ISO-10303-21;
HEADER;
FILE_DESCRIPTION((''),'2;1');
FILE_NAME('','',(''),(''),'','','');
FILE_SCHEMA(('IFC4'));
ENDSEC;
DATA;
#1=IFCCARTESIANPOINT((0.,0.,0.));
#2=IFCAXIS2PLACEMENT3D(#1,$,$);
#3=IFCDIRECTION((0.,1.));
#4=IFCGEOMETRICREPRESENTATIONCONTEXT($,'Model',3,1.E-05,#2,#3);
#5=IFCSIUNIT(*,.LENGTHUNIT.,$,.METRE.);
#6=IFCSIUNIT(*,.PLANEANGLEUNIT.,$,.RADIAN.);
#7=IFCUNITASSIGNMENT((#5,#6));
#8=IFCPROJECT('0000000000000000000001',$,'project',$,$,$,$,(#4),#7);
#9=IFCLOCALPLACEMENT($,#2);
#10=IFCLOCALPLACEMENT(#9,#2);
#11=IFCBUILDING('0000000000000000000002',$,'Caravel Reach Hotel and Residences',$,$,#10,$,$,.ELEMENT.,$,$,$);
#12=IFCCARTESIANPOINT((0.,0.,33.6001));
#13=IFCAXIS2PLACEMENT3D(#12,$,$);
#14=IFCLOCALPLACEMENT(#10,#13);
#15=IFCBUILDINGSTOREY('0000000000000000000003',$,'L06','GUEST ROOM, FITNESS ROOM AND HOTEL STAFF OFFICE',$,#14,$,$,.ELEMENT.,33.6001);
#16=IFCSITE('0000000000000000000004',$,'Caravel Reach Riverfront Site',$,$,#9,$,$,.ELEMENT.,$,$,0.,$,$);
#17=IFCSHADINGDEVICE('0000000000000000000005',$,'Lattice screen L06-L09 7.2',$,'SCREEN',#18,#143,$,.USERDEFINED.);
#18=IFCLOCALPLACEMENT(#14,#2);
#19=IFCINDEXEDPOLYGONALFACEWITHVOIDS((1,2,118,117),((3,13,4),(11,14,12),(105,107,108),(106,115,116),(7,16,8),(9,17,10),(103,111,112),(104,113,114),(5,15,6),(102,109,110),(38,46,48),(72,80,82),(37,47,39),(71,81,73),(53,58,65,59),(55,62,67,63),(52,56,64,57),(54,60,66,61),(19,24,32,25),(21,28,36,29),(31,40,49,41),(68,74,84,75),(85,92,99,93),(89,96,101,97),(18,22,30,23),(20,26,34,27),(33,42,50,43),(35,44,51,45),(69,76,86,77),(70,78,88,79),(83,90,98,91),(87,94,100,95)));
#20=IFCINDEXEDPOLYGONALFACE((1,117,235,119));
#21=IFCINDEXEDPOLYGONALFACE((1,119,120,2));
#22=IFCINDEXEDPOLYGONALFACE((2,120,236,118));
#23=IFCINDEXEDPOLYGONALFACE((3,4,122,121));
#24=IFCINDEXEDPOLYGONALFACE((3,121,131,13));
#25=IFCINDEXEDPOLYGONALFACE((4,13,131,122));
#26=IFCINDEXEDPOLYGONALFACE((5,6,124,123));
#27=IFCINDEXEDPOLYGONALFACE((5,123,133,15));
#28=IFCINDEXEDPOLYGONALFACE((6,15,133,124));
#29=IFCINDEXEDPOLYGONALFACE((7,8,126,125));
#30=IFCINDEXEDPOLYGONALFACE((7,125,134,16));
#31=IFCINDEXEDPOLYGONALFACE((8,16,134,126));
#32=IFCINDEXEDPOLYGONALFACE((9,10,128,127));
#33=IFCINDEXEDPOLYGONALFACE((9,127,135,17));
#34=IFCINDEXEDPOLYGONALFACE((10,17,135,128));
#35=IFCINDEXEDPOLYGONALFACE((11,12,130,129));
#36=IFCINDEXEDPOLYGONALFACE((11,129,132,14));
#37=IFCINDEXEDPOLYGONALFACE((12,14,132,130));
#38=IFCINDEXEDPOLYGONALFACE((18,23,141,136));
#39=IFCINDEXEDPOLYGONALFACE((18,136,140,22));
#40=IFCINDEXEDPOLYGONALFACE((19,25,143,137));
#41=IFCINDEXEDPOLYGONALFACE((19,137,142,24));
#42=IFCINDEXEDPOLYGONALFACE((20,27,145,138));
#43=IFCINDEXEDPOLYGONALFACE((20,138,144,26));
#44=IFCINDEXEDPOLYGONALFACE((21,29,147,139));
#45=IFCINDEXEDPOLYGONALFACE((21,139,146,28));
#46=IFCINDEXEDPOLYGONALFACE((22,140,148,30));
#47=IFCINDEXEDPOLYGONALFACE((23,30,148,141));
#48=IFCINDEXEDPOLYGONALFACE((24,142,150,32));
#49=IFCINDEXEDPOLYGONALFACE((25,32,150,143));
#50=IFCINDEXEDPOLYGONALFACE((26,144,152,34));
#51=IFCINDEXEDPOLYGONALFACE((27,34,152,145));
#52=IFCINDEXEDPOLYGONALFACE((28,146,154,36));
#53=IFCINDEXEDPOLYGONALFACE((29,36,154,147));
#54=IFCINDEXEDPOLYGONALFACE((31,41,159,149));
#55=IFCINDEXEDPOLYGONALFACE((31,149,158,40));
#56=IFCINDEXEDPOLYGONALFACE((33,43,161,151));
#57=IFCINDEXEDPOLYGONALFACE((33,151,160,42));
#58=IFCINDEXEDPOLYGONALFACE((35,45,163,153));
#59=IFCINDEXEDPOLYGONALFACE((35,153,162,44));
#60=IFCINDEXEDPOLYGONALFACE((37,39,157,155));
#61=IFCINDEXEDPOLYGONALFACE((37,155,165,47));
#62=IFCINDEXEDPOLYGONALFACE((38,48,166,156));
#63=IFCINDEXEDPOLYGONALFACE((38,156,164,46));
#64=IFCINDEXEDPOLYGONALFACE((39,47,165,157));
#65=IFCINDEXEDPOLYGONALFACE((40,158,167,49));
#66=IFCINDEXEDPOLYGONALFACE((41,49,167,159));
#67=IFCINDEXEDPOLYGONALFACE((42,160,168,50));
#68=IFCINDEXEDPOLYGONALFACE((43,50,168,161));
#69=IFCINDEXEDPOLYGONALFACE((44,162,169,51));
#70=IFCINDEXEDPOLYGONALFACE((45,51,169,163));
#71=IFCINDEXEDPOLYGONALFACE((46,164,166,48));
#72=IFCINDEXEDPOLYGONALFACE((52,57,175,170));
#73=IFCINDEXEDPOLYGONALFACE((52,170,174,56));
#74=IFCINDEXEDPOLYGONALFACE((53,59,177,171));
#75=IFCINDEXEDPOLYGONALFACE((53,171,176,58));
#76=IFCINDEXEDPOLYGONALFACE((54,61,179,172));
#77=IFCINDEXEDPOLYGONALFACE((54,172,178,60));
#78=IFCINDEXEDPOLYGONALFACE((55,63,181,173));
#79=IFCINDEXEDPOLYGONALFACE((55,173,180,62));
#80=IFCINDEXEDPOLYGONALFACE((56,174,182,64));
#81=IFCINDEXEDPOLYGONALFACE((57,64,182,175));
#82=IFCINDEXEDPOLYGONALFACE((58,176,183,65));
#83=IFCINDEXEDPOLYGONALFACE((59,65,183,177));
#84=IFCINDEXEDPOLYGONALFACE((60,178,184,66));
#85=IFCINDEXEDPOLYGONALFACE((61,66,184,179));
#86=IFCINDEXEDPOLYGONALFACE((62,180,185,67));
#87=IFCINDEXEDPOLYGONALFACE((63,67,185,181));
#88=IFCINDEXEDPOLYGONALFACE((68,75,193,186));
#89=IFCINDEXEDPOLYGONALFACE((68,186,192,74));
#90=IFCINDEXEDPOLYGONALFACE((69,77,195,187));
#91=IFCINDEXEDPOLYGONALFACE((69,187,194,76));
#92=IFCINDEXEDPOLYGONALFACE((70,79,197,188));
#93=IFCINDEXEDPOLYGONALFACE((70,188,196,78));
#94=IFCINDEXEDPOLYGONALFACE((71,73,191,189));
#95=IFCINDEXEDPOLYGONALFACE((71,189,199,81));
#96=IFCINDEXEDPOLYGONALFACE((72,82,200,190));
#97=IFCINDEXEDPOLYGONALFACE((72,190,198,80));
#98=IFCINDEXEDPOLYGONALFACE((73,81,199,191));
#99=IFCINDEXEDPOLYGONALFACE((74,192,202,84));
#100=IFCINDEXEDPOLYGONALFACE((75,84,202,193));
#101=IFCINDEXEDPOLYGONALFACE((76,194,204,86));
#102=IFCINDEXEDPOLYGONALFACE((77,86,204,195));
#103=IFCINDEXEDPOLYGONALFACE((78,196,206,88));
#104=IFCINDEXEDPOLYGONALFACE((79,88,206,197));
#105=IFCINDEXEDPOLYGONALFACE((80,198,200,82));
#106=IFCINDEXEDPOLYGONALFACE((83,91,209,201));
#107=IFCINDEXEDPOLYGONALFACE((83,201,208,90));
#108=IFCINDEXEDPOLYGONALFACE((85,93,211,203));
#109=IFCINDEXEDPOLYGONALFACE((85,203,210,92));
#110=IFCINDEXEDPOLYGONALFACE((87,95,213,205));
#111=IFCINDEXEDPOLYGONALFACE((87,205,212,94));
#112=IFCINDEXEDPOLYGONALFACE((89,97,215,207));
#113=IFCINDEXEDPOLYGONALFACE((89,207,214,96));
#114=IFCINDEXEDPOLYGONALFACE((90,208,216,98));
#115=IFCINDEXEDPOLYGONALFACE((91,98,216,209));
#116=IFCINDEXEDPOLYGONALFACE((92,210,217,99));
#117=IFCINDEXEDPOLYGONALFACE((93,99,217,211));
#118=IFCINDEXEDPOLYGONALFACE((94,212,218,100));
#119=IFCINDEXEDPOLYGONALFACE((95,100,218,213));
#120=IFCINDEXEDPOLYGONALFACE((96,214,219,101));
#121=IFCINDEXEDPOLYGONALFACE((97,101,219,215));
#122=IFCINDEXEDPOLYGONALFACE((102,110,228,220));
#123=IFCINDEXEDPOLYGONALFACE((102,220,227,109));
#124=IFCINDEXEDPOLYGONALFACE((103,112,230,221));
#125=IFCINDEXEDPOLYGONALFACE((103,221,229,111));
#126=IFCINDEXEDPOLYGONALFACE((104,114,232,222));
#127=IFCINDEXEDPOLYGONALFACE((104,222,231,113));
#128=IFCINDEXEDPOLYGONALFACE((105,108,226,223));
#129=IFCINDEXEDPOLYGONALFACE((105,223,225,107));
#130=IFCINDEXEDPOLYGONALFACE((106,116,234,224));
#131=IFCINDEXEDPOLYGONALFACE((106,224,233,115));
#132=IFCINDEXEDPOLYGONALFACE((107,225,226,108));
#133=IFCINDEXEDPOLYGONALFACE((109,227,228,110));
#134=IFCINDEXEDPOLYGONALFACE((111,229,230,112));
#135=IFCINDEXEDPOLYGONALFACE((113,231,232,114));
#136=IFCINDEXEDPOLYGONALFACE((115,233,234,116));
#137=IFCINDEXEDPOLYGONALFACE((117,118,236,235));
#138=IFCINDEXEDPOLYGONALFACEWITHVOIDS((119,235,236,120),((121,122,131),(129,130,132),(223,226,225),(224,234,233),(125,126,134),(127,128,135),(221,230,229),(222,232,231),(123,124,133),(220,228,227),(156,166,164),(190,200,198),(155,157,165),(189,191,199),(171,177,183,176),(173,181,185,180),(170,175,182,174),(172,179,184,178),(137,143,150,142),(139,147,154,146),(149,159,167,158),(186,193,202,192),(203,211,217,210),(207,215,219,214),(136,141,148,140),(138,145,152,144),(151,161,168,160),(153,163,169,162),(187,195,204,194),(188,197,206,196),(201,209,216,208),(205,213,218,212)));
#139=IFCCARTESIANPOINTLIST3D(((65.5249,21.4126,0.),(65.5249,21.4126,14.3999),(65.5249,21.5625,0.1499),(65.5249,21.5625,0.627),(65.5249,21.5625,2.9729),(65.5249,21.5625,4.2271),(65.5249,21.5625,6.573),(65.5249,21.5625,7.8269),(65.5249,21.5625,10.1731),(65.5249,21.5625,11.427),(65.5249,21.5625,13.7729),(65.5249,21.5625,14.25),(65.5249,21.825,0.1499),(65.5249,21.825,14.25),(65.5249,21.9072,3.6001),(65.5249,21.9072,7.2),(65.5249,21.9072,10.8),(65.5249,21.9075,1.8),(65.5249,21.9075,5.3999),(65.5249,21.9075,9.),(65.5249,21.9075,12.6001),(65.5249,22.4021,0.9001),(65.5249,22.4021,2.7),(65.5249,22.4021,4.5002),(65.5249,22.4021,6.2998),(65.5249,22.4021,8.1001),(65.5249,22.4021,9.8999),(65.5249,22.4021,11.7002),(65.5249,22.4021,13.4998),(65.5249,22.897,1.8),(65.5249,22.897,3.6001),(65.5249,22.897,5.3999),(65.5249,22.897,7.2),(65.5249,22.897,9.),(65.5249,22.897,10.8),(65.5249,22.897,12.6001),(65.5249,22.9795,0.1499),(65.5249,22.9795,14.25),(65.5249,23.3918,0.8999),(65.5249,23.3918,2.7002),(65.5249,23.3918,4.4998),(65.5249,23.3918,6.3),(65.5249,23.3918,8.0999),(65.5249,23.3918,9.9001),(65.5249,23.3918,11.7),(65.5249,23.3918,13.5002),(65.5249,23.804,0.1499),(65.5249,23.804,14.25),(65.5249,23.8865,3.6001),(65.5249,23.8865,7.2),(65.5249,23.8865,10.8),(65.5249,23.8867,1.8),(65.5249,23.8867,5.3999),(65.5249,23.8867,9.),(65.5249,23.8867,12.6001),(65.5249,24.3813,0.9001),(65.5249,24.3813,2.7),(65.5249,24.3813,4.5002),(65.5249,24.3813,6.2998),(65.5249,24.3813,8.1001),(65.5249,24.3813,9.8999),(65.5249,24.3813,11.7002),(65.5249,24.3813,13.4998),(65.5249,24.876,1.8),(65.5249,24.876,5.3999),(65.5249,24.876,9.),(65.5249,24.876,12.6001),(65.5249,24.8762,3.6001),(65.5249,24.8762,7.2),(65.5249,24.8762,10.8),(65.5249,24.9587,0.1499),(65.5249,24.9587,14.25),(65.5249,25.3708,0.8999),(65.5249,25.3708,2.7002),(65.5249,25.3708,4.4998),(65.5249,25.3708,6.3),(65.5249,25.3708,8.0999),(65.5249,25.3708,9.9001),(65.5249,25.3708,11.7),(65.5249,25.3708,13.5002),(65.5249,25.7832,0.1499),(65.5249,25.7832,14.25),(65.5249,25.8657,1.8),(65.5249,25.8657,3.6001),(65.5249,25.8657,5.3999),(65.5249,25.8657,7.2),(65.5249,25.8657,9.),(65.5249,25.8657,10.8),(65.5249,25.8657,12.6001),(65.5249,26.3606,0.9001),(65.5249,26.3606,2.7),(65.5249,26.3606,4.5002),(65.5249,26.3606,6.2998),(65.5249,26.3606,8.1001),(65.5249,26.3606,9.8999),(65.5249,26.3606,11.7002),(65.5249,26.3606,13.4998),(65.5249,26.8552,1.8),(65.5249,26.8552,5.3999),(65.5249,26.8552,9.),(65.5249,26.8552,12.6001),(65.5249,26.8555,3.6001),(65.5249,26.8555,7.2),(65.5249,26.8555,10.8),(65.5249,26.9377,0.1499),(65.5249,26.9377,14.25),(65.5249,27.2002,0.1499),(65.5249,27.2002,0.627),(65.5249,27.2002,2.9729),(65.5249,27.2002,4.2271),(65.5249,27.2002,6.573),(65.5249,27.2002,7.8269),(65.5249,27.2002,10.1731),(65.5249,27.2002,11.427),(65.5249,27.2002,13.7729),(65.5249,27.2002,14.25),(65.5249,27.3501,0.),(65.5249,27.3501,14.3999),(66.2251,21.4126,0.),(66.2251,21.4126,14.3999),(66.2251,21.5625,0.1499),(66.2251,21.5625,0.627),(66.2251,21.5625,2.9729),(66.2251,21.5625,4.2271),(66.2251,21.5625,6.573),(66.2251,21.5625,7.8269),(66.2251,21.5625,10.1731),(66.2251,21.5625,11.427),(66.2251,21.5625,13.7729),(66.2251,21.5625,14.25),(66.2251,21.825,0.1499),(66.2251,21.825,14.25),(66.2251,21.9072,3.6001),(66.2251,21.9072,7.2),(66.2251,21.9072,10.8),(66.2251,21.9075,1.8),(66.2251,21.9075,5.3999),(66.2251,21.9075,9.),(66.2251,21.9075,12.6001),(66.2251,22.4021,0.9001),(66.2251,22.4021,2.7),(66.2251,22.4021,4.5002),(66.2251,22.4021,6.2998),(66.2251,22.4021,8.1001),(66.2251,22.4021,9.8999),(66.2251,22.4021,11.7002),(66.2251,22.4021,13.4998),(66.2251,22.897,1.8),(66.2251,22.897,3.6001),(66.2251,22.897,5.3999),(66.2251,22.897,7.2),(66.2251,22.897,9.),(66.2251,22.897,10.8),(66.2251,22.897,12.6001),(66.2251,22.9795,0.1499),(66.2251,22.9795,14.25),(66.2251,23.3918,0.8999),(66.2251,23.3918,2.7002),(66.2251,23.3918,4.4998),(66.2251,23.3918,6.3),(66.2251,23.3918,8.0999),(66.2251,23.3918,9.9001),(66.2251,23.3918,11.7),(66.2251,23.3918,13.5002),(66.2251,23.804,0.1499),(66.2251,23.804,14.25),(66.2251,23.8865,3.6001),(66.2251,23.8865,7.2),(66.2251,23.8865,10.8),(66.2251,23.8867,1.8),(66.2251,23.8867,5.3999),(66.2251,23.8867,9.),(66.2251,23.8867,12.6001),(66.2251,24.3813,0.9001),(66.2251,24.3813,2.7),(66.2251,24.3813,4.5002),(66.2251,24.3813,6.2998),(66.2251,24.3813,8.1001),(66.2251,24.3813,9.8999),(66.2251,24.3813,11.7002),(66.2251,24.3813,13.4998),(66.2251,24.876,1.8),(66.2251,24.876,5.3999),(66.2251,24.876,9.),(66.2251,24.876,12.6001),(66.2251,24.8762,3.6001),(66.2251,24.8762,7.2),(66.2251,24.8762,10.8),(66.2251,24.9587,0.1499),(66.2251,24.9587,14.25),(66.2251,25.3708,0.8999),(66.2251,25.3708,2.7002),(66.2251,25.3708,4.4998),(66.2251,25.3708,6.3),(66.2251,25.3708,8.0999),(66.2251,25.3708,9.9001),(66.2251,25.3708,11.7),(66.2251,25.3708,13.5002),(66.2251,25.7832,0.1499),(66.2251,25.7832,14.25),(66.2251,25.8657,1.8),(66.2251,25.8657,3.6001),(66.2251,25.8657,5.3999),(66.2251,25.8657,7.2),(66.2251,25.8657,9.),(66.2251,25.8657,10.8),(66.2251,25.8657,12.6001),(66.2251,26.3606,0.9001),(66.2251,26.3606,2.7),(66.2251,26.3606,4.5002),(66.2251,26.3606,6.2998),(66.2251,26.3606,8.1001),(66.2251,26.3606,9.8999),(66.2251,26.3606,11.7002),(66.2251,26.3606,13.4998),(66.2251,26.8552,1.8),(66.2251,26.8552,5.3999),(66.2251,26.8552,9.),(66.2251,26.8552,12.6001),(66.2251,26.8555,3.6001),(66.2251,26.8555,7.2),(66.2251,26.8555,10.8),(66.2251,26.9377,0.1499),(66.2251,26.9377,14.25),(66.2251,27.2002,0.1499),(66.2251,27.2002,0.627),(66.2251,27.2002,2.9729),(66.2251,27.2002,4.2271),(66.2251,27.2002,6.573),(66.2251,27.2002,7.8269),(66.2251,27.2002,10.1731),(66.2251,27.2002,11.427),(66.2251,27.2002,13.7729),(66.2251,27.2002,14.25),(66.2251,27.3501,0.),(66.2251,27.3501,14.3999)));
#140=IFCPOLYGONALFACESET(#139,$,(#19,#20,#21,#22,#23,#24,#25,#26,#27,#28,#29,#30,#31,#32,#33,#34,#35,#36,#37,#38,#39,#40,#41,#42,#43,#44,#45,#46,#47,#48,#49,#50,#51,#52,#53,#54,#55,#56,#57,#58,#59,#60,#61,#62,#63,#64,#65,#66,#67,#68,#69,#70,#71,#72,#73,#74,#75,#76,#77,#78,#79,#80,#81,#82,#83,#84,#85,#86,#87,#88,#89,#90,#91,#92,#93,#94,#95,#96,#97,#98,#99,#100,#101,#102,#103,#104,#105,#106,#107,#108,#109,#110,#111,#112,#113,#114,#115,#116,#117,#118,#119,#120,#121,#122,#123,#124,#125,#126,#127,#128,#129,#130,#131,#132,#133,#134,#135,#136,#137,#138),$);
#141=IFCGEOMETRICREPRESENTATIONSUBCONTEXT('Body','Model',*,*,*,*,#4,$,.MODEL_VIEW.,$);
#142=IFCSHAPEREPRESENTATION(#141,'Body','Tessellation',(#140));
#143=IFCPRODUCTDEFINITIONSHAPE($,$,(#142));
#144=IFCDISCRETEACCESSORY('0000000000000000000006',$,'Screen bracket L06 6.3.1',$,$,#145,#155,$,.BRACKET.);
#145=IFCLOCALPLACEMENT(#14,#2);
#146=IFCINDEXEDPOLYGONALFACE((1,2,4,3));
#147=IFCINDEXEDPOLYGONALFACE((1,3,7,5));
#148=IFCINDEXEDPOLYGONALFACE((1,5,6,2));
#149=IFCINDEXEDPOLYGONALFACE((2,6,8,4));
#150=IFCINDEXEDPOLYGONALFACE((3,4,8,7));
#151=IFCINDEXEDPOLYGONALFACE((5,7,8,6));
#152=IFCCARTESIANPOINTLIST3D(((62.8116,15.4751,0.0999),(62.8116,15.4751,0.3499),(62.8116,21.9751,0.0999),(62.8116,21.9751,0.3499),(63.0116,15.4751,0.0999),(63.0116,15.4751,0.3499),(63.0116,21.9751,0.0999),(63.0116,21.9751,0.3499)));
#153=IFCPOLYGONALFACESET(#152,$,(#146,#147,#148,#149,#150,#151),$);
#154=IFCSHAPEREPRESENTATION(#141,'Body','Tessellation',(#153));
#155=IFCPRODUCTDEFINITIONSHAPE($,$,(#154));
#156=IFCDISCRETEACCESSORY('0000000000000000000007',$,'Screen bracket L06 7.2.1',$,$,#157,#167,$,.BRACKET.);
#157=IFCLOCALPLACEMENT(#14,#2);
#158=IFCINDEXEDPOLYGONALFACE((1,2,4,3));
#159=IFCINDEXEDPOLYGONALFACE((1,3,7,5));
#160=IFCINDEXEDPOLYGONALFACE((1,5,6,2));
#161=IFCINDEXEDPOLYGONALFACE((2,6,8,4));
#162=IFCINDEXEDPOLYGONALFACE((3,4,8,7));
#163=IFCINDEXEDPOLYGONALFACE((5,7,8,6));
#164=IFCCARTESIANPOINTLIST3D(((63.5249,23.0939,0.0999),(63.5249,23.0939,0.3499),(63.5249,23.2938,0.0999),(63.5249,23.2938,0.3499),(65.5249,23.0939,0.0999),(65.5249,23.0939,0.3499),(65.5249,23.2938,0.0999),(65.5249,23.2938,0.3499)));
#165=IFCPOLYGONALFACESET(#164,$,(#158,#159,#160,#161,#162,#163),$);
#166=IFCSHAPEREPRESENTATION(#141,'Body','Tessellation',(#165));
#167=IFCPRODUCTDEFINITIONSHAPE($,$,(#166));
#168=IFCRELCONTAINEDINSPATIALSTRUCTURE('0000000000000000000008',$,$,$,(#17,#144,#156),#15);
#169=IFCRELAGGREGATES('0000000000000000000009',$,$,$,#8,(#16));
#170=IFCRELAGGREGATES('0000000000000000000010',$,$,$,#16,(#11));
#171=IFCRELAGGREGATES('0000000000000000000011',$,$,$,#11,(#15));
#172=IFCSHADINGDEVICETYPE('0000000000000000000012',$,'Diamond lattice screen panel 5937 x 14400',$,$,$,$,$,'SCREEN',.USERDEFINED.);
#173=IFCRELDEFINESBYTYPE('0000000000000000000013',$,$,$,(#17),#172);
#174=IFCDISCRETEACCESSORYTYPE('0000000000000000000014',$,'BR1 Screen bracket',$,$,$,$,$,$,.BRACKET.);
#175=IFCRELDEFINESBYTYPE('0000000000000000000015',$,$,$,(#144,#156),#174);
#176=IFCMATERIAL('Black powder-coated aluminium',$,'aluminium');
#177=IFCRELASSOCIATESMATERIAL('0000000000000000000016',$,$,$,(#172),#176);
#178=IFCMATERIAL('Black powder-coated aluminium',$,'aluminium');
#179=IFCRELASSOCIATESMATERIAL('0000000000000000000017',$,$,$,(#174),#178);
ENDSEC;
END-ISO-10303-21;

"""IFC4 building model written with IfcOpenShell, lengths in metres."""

from ifc_helpers import new_model, si_unit, direction, frame, origin, origin_2d, place, context, subcontext, project, spatial, polyline, rectangle, outline, extrude, material, type_object, element, save


model = new_model("IFC4")

# Units and contexts
model_context = context("Model", 3, precision=1e-05, world=origin(), true_north=direction((0.0, 1.0)))
body_context = subcontext(model_context, "Body", "Model", "MODEL_VIEW")
ifc_project = project(units=[si_unit("LENGTHUNIT", "METRE"), si_unit("PLANEANGLEUNIT", "RADIAN")], contexts=[model_context])

# Site, building, storey
site_placement = place(None, origin())
site = spatial("IfcSite", under=ifc_project, at=site_placement, Name="Caravel Reach Riverfront Site", CompositionType="ELEMENT", RefElevation=0.0)
building_placement = place(site_placement, origin())
building = spatial("IfcBuilding", under=site, at=building_placement, Name="Caravel Reach Hotel and Residences", CompositionType="ELEMENT")
storey_placement = place(building_placement, frame((0.0, 0.0, 33.6001)))
storey = spatial("IfcBuildingStorey", under=building, at=storey_placement, Name="L06", Description="GUEST ROOM, FITNESS ROOM AND HOTEL STAFF OFFICE", CompositionType="ELEMENT", Elevation=33.6001)

# Shading device
ifc_material_1 = material(Name="Black powder-coated aluminium", Category="aluminium")
shading_device_type = type_object("IfcShadingDeviceType", Name="Diamond lattice screen panel 5937 x 14400", ElementType="SCREEN", PredefinedType="USERDEFINED", material=ifc_material_1)
shading_device_placement = place(storey_placement, frame((65.5249, 21.4126, 0.0), z_axis=(1.0, 0.0, 0.0), x_axis=(0.0, 1.0, 0.0)))
element("IfcShadingDevice", 1, at=shading_device_placement, inside=storey, type_object=shading_device_type, Name="Lattice screen L06-L09 7.2", ObjectType="SCREEN", PredefinedType="USERDEFINED", context=body_context, shape_type="SweptSolid", body=[
    extrude(outline(polyline([(0.0, 0.0), (5.9375, 0.0), (5.9375, 14.3999), (0.0, 14.3999), (0.0, 0.0)]), holes=[polyline([(0.4124, 0.1499), (0.1499, 0.627), (0.1499, 0.1499), (0.4124, 0.1499)]), polyline([(0.4946, 3.6001), (0.1499, 4.2271), (0.1499, 2.9729), (0.4946, 3.6001)]), polyline([(0.4946, 7.2), (0.1499, 7.8269), (0.1499, 6.573), (0.4946, 7.2)]), polyline([(0.4946, 10.8), (0.1499, 11.427), (0.1499, 10.1731), (0.4946, 10.8)]), polyline([(0.1499, 13.7729), (0.4124, 14.25), (0.1499, 14.25), (0.1499, 13.7729)]), polyline([(0.9895, 2.7), (0.4949, 1.8), (0.9895, 0.9001), (1.4844, 1.8), (0.9895, 2.7)]), polyline([(0.9895, 6.2998), (0.4949, 5.3999), (0.9895, 4.5002), (1.4844, 5.3999), (0.9895, 6.2998)]), polyline([(0.9895, 9.8999), (0.4949, 9.0), (0.9895, 8.1001), (1.4844, 9.0), (0.9895, 9.8999)]), polyline([(0.9895, 13.4998), (0.4949, 12.6001), (0.9895, 11.7002), (1.4844, 12.6001), (0.9895, 13.4998)]), polyline([(1.9792, 0.8999), (1.5669, 0.1499), (2.3914, 0.1499), (1.9792, 0.8999)]), polyline([(1.9792, 4.4998), (1.4844, 3.6001), (1.9792, 2.7002), (2.4739, 3.6001), (1.9792, 4.4998)]), polyline([(1.9792, 8.0999), (1.4844, 7.2), (1.9792, 6.3), (2.4739, 7.2), (1.9792, 8.0999)]), polyline([(1.9792, 11.7), (1.4844, 10.8), (1.9792, 9.9001), (2.4739, 10.8), (1.9792, 11.7)]), polyline([(1.9792, 13.5002), (2.3914, 14.25), (1.5669, 14.25), (1.9792, 13.5002)]), polyline([(2.9688, 2.7), (2.4741, 1.8), (2.9688, 0.9001), (3.4634, 1.8), (2.9688, 2.7)]), polyline([(2.9688, 6.2998), (2.4741, 5.3999), (2.9688, 4.5002), (3.4634, 5.3999), (2.9688, 6.2998)]), polyline([(2.9688, 9.8999), (2.4741, 9.0), (2.9688, 8.1001), (3.4634, 9.0), (2.9688, 9.8999)]), polyline([(2.9688, 13.4998), (2.4741, 12.6001), (2.9688, 11.7002), (3.4634, 12.6001), (2.9688, 13.4998)]), polyline([(3.9583, 0.8999), (3.5461, 0.1499), (4.3706, 0.1499), (3.9583, 0.8999)]), polyline([(3.9583, 4.4998), (3.4636, 3.6001), (3.9583, 2.7002), (4.4531, 3.6001), (3.9583, 4.4998)]), polyline([(3.9583, 8.0999), (3.4636, 7.2), (3.9583, 6.3), (4.4531, 7.2), (3.9583, 8.0999)]), polyline([(3.9583, 11.7), (3.4636, 10.8), (3.9583, 9.9001), (4.4531, 10.8), (3.9583, 11.7)]), polyline([(3.9583, 13.5002), (4.3706, 14.25), (3.5461, 14.25), (3.9583, 13.5002)]), polyline([(4.948, 2.7), (4.4531, 1.8), (4.948, 0.9001), (5.4426, 1.8), (4.948, 2.7)]), polyline([(4.948, 6.2998), (4.4531, 5.3999), (4.948, 4.5002), (5.4426, 5.3999), (4.948, 6.2998)]), polyline([(4.948, 9.8999), (4.4531, 9.0), (4.948, 8.1001), (5.4426, 9.0), (4.948, 9.8999)]), polyline([(4.948, 13.4998), (4.4531, 12.6001), (4.948, 11.7002), (5.4426, 12.6001), (4.948, 13.4998)]), polyline([(5.7876, 0.627), (5.5251, 0.1499), (5.7876, 0.1499), (5.7876, 0.627)]), polyline([(5.4429, 3.6001), (5.7876, 2.9729), (5.7876, 4.2271), (5.4429, 3.6001)]), polyline([(5.4429, 7.2), (5.7876, 6.573), (5.7876, 7.8269), (5.4429, 7.2)]), polyline([(5.4429, 10.8), (5.7876, 10.1731), (5.7876, 11.427), (5.4429, 10.8)]), polyline([(5.5251, 14.25), (5.7876, 13.7729), (5.7876, 14.25), (5.5251, 14.25)])]), origin(), (0.0, 0.0, 1.0), 0.7002),
])

# Discrete accessories
ifc_material_2 = material(Name="Black powder-coated aluminium", Category="aluminium")
discrete_accessory_type = type_object("IfcDiscreteAccessoryType", Name="BR1 Screen bracket", PredefinedType="BRACKET", material=ifc_material_2)
discrete_accessory_1_placement = place(storey_placement, frame((62.9116, 18.7251, 0.0999), z_axis=(0.0, 0.0, 1.0), x_axis=(0.0, -1.0, 0.0)))
element("IfcDiscreteAccessory", 2, at=discrete_accessory_1_placement, inside=storey, type_object=discrete_accessory_type, Name="Screen bracket L06 6.3.1", PredefinedType="BRACKET", context=body_context, shape_type="SweptSolid", body=[
    extrude(rectangle(XDim=6.5, YDim=0.2, at=origin_2d()), origin(), (0.0, 0.0, 1.0), 0.25),
])
discrete_accessory_2_placement = place(storey_placement, frame((64.5249, 23.1938, 0.0999), z_axis=(0.0, 0.0, 1.0), x_axis=(1.0, 0.0, 0.0)))
element("IfcDiscreteAccessory", 3, at=discrete_accessory_2_placement, inside=storey, type_object=discrete_accessory_type, Name="Screen bracket L06 7.2.1", PredefinedType="BRACKET", context=body_context, shape_type="SweptSolid", body=[
    extrude(rectangle(XDim=2.0, YDim=0.2, at=origin_2d()), origin(), (0.0, 0.0, 1.0), 0.25),
])

save(model, "model.ifc")
